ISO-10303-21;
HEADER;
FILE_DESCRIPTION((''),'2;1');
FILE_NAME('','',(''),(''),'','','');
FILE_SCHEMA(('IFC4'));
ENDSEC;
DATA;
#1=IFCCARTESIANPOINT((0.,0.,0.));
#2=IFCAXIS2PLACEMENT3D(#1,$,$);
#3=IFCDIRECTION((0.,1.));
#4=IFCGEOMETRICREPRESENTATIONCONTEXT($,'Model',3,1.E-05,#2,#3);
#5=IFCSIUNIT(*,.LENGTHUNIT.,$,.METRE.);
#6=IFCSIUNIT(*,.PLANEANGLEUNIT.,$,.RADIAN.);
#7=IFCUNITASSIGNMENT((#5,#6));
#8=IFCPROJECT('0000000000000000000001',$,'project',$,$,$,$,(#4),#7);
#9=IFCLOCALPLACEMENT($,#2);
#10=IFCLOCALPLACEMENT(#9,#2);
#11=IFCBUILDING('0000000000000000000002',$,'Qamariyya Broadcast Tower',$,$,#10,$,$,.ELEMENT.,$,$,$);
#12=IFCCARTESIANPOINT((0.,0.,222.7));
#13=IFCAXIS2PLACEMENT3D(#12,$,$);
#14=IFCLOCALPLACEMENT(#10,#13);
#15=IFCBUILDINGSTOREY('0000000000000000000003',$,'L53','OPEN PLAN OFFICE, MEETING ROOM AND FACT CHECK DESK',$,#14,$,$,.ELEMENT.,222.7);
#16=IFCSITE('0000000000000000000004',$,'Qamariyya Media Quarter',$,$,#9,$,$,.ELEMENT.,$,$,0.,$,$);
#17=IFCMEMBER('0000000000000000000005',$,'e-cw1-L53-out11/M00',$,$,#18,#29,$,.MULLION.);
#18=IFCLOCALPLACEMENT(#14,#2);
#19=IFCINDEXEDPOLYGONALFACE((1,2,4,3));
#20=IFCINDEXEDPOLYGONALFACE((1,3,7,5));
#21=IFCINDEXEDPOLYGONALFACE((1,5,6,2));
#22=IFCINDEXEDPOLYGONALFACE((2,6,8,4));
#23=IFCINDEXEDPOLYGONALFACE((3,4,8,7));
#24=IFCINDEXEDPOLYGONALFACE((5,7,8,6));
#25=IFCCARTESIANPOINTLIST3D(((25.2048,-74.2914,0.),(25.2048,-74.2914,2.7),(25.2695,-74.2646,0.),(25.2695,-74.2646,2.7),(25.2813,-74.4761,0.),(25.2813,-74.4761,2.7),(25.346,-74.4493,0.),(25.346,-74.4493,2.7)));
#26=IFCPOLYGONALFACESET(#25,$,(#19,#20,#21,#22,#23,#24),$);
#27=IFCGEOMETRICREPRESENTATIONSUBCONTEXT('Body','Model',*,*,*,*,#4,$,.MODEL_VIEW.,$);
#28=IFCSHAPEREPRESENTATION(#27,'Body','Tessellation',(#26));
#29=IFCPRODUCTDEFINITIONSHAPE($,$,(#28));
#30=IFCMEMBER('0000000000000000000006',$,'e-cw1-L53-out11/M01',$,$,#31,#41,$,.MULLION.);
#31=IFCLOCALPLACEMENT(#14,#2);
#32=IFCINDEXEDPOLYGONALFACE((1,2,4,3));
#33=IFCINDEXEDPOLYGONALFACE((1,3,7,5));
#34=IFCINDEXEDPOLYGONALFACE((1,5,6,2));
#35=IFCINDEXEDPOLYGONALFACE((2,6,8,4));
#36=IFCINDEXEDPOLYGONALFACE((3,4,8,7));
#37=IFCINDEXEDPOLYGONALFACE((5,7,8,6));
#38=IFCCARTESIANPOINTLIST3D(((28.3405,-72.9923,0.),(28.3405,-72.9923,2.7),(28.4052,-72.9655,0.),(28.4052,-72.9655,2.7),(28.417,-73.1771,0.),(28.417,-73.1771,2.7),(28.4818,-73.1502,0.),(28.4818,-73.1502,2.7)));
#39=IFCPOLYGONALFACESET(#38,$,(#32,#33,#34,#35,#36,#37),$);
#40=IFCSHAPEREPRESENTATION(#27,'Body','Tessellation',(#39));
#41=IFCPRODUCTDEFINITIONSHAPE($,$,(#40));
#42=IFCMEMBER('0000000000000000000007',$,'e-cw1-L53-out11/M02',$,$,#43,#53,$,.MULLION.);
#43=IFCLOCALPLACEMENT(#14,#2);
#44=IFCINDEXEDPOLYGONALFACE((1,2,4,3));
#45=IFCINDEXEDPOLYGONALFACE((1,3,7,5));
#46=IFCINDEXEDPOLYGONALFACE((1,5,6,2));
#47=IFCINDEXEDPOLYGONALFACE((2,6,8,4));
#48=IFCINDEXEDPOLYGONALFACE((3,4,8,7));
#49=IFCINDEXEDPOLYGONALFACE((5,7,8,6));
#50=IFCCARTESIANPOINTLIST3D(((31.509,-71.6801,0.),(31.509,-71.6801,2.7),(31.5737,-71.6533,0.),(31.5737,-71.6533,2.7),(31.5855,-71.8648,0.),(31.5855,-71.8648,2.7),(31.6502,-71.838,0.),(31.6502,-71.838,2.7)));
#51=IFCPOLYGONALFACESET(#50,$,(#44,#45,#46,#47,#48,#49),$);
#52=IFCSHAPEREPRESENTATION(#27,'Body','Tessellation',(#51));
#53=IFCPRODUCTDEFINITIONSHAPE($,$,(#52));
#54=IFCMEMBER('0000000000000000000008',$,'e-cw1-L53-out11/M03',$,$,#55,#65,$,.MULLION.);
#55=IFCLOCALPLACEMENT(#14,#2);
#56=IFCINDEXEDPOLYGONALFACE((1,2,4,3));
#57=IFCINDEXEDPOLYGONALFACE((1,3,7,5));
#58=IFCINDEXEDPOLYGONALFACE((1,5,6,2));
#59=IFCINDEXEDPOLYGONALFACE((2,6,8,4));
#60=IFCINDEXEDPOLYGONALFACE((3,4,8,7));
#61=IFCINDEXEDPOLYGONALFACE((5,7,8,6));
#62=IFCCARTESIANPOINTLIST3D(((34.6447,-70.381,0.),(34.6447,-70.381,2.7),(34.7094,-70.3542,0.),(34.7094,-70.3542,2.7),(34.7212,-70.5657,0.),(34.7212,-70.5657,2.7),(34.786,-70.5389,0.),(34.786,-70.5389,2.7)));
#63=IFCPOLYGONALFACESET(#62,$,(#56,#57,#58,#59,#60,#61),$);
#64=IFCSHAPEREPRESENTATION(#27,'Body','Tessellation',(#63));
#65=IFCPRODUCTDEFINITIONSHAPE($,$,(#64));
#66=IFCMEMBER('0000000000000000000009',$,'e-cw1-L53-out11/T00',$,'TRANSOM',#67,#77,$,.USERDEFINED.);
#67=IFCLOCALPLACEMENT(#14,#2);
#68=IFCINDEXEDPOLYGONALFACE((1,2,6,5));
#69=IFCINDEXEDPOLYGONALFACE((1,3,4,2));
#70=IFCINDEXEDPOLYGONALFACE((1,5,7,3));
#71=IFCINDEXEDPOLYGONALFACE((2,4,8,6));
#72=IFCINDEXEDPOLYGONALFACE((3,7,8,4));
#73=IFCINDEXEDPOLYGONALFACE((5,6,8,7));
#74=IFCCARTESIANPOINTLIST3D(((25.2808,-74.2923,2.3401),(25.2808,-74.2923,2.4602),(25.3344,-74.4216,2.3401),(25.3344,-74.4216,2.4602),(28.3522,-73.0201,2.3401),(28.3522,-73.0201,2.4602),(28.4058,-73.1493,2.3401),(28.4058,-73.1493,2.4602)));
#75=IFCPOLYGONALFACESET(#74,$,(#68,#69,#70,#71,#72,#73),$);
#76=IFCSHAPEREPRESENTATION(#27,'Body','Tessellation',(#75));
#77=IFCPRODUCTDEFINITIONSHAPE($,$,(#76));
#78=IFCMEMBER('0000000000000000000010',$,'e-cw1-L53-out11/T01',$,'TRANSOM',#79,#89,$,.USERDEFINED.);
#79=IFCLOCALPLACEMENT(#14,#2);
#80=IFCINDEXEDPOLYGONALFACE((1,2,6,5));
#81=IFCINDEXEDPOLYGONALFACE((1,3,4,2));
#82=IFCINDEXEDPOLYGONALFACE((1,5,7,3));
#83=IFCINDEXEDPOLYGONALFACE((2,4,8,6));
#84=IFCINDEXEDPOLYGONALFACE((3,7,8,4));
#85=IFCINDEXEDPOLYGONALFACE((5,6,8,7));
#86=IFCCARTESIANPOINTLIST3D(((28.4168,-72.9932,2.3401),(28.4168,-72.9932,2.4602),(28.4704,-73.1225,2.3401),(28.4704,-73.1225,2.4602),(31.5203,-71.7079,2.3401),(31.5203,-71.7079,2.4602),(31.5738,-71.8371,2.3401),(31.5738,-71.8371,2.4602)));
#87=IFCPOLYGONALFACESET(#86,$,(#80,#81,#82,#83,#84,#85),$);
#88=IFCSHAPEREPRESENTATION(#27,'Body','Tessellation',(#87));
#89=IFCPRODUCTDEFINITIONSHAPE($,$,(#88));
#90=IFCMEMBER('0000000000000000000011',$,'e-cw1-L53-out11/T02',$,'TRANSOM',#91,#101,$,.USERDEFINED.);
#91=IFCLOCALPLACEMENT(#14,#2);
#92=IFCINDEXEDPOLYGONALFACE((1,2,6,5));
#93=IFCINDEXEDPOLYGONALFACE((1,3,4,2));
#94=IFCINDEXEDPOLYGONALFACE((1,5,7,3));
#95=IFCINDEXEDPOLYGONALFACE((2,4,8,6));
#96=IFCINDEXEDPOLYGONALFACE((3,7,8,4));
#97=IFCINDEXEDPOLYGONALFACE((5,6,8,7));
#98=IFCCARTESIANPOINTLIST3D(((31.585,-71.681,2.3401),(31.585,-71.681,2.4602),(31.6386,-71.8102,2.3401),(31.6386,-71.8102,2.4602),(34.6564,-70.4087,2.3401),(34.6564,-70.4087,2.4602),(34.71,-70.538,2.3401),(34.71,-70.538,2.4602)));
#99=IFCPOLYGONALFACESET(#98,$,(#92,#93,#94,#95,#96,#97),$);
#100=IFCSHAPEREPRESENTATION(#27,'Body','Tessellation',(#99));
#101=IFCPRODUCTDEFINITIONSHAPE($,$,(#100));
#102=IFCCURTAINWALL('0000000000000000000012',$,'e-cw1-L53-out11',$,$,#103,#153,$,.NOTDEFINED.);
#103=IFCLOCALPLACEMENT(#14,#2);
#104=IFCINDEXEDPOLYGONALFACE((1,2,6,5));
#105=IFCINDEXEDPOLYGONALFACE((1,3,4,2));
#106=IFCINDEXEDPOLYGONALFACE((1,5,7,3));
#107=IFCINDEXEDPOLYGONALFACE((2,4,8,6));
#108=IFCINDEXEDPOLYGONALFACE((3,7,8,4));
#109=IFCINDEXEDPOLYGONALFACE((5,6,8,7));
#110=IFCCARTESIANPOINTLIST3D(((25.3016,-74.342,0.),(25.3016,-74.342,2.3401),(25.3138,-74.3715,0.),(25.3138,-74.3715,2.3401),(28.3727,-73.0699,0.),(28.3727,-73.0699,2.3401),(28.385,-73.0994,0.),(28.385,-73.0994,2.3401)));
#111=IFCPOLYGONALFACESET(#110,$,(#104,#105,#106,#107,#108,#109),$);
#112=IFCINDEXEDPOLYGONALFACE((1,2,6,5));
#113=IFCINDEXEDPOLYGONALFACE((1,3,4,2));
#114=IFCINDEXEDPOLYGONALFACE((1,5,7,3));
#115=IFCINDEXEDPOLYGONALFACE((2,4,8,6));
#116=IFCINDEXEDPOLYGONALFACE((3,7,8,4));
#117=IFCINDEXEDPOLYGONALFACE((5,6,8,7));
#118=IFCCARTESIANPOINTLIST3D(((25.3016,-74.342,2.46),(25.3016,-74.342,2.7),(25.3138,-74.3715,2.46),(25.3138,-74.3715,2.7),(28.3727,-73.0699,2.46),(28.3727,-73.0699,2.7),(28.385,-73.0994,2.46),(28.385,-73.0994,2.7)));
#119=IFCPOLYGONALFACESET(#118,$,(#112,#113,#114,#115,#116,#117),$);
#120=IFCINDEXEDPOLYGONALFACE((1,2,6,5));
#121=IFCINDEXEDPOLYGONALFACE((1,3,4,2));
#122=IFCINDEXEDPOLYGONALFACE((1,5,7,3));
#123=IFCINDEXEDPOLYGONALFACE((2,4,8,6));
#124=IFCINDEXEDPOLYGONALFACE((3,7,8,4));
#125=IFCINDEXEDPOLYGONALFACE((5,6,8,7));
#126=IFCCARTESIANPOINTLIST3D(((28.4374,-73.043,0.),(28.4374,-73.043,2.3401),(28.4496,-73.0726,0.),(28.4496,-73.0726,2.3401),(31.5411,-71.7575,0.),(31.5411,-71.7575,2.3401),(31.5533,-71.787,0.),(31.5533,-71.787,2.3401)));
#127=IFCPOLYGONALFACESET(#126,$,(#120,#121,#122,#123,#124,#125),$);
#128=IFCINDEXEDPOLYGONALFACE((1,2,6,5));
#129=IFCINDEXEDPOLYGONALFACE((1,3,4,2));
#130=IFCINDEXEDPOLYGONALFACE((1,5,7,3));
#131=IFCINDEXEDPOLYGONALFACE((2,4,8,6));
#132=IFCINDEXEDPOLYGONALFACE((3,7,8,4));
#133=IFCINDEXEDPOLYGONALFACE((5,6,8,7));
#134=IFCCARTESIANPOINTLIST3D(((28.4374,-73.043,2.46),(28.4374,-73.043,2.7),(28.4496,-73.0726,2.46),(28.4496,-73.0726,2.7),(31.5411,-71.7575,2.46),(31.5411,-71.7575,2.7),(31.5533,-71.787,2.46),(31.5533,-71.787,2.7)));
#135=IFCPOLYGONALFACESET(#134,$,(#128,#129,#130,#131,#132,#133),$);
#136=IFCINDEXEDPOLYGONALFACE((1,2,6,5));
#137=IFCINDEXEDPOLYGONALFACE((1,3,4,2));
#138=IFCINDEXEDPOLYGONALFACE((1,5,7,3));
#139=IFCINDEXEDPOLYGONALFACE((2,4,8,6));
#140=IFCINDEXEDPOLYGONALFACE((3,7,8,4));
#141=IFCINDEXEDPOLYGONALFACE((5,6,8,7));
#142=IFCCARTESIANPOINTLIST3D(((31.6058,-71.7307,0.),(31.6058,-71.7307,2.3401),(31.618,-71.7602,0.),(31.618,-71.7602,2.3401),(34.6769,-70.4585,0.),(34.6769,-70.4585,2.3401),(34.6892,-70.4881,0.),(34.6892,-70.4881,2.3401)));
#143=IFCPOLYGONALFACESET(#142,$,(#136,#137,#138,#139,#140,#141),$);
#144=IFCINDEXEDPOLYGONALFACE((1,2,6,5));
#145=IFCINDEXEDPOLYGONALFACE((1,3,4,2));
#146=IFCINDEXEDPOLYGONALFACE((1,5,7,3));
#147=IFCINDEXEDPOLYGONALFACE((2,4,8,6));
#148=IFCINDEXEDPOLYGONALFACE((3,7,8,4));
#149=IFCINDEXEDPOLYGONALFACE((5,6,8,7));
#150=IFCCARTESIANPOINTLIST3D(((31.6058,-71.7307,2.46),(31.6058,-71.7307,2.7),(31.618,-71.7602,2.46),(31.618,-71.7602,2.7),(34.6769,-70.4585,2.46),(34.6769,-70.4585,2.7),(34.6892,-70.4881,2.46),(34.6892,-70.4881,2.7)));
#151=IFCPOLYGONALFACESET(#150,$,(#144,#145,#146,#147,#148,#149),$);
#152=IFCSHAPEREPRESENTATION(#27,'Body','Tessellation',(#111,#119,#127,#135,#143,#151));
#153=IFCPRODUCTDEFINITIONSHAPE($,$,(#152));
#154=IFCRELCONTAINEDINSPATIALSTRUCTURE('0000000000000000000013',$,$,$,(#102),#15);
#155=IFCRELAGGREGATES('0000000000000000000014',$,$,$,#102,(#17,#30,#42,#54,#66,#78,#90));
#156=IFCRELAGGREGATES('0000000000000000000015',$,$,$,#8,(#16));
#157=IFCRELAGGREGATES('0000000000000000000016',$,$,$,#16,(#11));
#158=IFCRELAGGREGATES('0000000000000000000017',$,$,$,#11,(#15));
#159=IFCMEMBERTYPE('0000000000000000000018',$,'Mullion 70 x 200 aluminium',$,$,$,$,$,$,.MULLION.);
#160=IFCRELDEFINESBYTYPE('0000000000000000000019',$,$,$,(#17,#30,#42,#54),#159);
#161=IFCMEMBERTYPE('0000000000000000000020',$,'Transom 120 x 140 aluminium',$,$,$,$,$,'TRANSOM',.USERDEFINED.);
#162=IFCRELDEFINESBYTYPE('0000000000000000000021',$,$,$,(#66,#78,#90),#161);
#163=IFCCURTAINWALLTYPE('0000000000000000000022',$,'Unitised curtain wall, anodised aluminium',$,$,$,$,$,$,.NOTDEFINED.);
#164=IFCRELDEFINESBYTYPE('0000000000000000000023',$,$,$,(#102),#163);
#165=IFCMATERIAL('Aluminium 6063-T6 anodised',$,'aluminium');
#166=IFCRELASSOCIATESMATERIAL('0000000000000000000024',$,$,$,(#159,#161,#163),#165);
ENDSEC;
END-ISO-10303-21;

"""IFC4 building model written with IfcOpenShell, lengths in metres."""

from ifc_helpers import new_model, si_unit, direction, frame, origin, origin_2d, place, context, subcontext, project, spatial, rectangle, extrude, material, material_profile, profile_set, type_object, element, aggregate, save


model = new_model("IFC4")

# Units and contexts
model_context = context("Model", 3, precision=1e-05, world=origin(), true_north=direction((0.0, 1.0)))
body_context = subcontext(model_context, "Body", "Model", "MODEL_VIEW")
ifc_project = project(units=[si_unit("LENGTHUNIT", "METRE"), si_unit("PLANEANGLEUNIT", "RADIAN")], contexts=[model_context])

# Members
ifc_material = material(Name="Aluminium 6063-T6 anodised", Category="aluminium")
ifc_material_profile_1 = material_profile(ifc_material, rectangle(XDim=0.2, YDim=0.0701, at=origin_2d()))
ifc_profile_set_1 = profile_set([ifc_material_profile_1], Name="Aluminium 6063-T6 anodised")
member_type_1 = type_object("IfcMemberType", Name="Mullion 70 x 200 aluminium", PredefinedType="MULLION", material=ifc_profile_set_1)
site_placement = place(None, origin())
building_placement = place(site_placement, origin())
storey_placement = place(building_placement, frame((0.0, 0.0, 222.7)))
member_1_placement = place(storey_placement, frame((25.2754, -74.3704, 0.0), z_axis=(0.0, 0.0, 1.0), x_axis=(-0.382683, 0.92388, 0.0)))
member_1 = element("IfcMember", 1, at=member_1_placement, type_object=member_type_1, Name="e-cw1-L53-out11/M00", PredefinedType="MULLION", context=body_context, shape_type="SweptSolid", body=[
    extrude(rectangle(XDim=0.2, YDim=0.0701, at=origin_2d()), origin(), (0.0, 0.0, 1.0), 2.7),
])
member_2_placement = place(storey_placement, frame((28.4111, -73.0713, 0.0), z_axis=(0.0, 0.0, 1.0), x_axis=(-0.382683, 0.92388, 0.0)))
member_2 = element("IfcMember", 2, at=member_2_placement, type_object=member_type_1, Name="e-cw1-L53-out11/M01", PredefinedType="MULLION", context=body_context, shape_type="SweptSolid", body=[
    extrude(rectangle(XDim=0.2, YDim=0.0701, at=origin_2d()), origin(), (0.0, 0.0, 1.0), 2.7),
])
member_3_placement = place(storey_placement, frame((31.5796, -71.759, 0.0), z_axis=(0.0, 0.0, 1.0), x_axis=(-0.382683, 0.92388, 0.0)))
member_3 = element("IfcMember", 3, at=member_3_placement, type_object=member_type_1, Name="e-cw1-L53-out11/M02", PredefinedType="MULLION", context=body_context, shape_type="SweptSolid", body=[
    extrude(rectangle(XDim=0.2, YDim=0.0701, at=origin_2d()), origin(), (0.0, 0.0, 1.0), 2.7),
])
member_4_placement = place(storey_placement, frame((34.7153, -70.46, 0.0), z_axis=(0.0, 0.0, 1.0), x_axis=(-0.382683, 0.92388, 0.0)))
member_4 = element("IfcMember", 4, at=member_4_placement, type_object=member_type_1, Name="e-cw1-L53-out11/M03", PredefinedType="MULLION", context=body_context, shape_type="SweptSolid", body=[
    extrude(rectangle(XDim=0.2, YDim=0.0701, at=origin_2d()), origin(), (0.0, 0.0, 1.0), 2.7),
])
ifc_material_profile_2 = material_profile(ifc_material, rectangle(XDim=0.1399, YDim=0.1201, at=origin_2d()))
ifc_profile_set_2 = profile_set([ifc_material_profile_2], Name="Aluminium 6063-T6 anodised")
member_type_2 = type_object("IfcMemberType", Name="Transom 120 x 140 aluminium", ElementType="TRANSOM", PredefinedType="USERDEFINED", material=ifc_profile_set_2)
member_5_placement = place(storey_placement, frame((25.3076, -74.3569, 2.4001), z_axis=(0.923875, 0.382696, 0.0), x_axis=(-0.382696, 0.923875, 0.0)))
member_5 = element("IfcMember", 5, at=member_5_placement, type_object=member_type_2, Name="e-cw1-L53-out11/T00", ObjectType="TRANSOM", PredefinedType="USERDEFINED", context=body_context, shape_type="SweptSolid", body=[
    extrude(rectangle(XDim=0.1399, YDim=0.1201, at=origin_2d()), origin(), (0.0, 0.0, 1.0), 3.3245),
])
member_6_placement = place(storey_placement, frame((28.4436, -73.0579, 2.4001), z_axis=(0.923892, 0.382653, 0.0), x_axis=(-0.382653, 0.923892, 0.0)))
member_6 = element("IfcMember", 6, at=member_6_placement, type_object=member_type_2, Name="e-cw1-L53-out11/T01", ObjectType="TRANSOM", PredefinedType="USERDEFINED", context=body_context, shape_type="SweptSolid", body=[
    extrude(rectangle(XDim=0.1399, YDim=0.1201, at=origin_2d()), origin(), (0.0, 0.0, 1.0), 3.3591),
])
member_7_placement = place(storey_placement, frame((31.6118, -71.7456, 2.4001), z_axis=(0.923875, 0.382696, 0.0), x_axis=(-0.382696, 0.923875, 0.0)))
member_7 = element("IfcMember", 7, at=member_7_placement, type_object=member_type_2, Name="e-cw1-L53-out11/T02", ObjectType="TRANSOM", PredefinedType="USERDEFINED", context=body_context, shape_type="SweptSolid", body=[
    extrude(rectangle(XDim=0.1399, YDim=0.1201, at=origin_2d()), origin(), (0.0, 0.0, 1.0), 3.3245),
])

# Site, building, storey
site = spatial("IfcSite", under=ifc_project, at=site_placement, Name="Qamariyya Media Quarter", CompositionType="ELEMENT", RefElevation=0.0)
building = spatial("IfcBuilding", under=site, at=building_placement, Name="Qamariyya Broadcast Tower", CompositionType="ELEMENT")
storey = spatial("IfcBuildingStorey", under=building, at=storey_placement, Name="L53", Description="OPEN PLAN OFFICE, MEETING ROOM AND FACT CHECK DESK", CompositionType="ELEMENT", Elevation=222.7)

# Curtain wall
curtain_wall_type = type_object("IfcCurtainWallType", Name="Unitised curtain wall, anodised aluminium", PredefinedType="NOTDEFINED", material=ifc_material)
curtain_wall_1_placement = place(storey_placement, origin())
curtain_wall_1 = element("IfcCurtainWall", 8, at=curtain_wall_1_placement, inside=storey, type_object=curtain_wall_type, Name="e-cw1-L53-out11", PredefinedType="NOTDEFINED", context=body_context, shape_type="SweptSolid", body=[
    extrude(rectangle(XDim=3.3242, YDim=0.032, at=origin_2d()), frame((26.8433, -73.7207, 0.0), x_axis=(0.923881, 0.38268, 0.0)), (0.0, 0.0, 1.0), 2.3401),
    extrude(rectangle(XDim=3.3242, YDim=0.032, at=origin_2d()), frame((26.8433, -73.7207, 2.46), x_axis=(0.923881, 0.38268, 0.0)), (0.0, 0.0, 1.0), 0.24),
    extrude(rectangle(XDim=3.3594, YDim=0.032, at=origin_2d()), frame((29.9954, -72.415, 0.0), x_axis=(0.923881, 0.38268, 0.0)), (0.0, 0.0, 1.0), 2.3401),
    extrude(rectangle(XDim=3.3594, YDim=0.032, at=origin_2d()), frame((29.9954, -72.415, 2.46), x_axis=(0.923881, 0.38268, 0.0)), (0.0, 0.0, 1.0), 0.24),
    extrude(rectangle(XDim=3.3242, YDim=0.032, at=origin_2d()), frame((33.1475, -71.1094, 0.0), x_axis=(0.923881, 0.38268, 0.0)), (0.0, 0.0, 1.0), 2.3401),
    extrude(rectangle(XDim=3.3242, YDim=0.032, at=origin_2d()), frame((33.1475, -71.1094, 2.46), x_axis=(0.923881, 0.38268, 0.0)), (0.0, 0.0, 1.0), 0.24),
])
aggregate(curtain_wall_1, [member_1, member_2, member_3, member_4, member_5, member_6, member_7])

save(model, "model.ifc")
